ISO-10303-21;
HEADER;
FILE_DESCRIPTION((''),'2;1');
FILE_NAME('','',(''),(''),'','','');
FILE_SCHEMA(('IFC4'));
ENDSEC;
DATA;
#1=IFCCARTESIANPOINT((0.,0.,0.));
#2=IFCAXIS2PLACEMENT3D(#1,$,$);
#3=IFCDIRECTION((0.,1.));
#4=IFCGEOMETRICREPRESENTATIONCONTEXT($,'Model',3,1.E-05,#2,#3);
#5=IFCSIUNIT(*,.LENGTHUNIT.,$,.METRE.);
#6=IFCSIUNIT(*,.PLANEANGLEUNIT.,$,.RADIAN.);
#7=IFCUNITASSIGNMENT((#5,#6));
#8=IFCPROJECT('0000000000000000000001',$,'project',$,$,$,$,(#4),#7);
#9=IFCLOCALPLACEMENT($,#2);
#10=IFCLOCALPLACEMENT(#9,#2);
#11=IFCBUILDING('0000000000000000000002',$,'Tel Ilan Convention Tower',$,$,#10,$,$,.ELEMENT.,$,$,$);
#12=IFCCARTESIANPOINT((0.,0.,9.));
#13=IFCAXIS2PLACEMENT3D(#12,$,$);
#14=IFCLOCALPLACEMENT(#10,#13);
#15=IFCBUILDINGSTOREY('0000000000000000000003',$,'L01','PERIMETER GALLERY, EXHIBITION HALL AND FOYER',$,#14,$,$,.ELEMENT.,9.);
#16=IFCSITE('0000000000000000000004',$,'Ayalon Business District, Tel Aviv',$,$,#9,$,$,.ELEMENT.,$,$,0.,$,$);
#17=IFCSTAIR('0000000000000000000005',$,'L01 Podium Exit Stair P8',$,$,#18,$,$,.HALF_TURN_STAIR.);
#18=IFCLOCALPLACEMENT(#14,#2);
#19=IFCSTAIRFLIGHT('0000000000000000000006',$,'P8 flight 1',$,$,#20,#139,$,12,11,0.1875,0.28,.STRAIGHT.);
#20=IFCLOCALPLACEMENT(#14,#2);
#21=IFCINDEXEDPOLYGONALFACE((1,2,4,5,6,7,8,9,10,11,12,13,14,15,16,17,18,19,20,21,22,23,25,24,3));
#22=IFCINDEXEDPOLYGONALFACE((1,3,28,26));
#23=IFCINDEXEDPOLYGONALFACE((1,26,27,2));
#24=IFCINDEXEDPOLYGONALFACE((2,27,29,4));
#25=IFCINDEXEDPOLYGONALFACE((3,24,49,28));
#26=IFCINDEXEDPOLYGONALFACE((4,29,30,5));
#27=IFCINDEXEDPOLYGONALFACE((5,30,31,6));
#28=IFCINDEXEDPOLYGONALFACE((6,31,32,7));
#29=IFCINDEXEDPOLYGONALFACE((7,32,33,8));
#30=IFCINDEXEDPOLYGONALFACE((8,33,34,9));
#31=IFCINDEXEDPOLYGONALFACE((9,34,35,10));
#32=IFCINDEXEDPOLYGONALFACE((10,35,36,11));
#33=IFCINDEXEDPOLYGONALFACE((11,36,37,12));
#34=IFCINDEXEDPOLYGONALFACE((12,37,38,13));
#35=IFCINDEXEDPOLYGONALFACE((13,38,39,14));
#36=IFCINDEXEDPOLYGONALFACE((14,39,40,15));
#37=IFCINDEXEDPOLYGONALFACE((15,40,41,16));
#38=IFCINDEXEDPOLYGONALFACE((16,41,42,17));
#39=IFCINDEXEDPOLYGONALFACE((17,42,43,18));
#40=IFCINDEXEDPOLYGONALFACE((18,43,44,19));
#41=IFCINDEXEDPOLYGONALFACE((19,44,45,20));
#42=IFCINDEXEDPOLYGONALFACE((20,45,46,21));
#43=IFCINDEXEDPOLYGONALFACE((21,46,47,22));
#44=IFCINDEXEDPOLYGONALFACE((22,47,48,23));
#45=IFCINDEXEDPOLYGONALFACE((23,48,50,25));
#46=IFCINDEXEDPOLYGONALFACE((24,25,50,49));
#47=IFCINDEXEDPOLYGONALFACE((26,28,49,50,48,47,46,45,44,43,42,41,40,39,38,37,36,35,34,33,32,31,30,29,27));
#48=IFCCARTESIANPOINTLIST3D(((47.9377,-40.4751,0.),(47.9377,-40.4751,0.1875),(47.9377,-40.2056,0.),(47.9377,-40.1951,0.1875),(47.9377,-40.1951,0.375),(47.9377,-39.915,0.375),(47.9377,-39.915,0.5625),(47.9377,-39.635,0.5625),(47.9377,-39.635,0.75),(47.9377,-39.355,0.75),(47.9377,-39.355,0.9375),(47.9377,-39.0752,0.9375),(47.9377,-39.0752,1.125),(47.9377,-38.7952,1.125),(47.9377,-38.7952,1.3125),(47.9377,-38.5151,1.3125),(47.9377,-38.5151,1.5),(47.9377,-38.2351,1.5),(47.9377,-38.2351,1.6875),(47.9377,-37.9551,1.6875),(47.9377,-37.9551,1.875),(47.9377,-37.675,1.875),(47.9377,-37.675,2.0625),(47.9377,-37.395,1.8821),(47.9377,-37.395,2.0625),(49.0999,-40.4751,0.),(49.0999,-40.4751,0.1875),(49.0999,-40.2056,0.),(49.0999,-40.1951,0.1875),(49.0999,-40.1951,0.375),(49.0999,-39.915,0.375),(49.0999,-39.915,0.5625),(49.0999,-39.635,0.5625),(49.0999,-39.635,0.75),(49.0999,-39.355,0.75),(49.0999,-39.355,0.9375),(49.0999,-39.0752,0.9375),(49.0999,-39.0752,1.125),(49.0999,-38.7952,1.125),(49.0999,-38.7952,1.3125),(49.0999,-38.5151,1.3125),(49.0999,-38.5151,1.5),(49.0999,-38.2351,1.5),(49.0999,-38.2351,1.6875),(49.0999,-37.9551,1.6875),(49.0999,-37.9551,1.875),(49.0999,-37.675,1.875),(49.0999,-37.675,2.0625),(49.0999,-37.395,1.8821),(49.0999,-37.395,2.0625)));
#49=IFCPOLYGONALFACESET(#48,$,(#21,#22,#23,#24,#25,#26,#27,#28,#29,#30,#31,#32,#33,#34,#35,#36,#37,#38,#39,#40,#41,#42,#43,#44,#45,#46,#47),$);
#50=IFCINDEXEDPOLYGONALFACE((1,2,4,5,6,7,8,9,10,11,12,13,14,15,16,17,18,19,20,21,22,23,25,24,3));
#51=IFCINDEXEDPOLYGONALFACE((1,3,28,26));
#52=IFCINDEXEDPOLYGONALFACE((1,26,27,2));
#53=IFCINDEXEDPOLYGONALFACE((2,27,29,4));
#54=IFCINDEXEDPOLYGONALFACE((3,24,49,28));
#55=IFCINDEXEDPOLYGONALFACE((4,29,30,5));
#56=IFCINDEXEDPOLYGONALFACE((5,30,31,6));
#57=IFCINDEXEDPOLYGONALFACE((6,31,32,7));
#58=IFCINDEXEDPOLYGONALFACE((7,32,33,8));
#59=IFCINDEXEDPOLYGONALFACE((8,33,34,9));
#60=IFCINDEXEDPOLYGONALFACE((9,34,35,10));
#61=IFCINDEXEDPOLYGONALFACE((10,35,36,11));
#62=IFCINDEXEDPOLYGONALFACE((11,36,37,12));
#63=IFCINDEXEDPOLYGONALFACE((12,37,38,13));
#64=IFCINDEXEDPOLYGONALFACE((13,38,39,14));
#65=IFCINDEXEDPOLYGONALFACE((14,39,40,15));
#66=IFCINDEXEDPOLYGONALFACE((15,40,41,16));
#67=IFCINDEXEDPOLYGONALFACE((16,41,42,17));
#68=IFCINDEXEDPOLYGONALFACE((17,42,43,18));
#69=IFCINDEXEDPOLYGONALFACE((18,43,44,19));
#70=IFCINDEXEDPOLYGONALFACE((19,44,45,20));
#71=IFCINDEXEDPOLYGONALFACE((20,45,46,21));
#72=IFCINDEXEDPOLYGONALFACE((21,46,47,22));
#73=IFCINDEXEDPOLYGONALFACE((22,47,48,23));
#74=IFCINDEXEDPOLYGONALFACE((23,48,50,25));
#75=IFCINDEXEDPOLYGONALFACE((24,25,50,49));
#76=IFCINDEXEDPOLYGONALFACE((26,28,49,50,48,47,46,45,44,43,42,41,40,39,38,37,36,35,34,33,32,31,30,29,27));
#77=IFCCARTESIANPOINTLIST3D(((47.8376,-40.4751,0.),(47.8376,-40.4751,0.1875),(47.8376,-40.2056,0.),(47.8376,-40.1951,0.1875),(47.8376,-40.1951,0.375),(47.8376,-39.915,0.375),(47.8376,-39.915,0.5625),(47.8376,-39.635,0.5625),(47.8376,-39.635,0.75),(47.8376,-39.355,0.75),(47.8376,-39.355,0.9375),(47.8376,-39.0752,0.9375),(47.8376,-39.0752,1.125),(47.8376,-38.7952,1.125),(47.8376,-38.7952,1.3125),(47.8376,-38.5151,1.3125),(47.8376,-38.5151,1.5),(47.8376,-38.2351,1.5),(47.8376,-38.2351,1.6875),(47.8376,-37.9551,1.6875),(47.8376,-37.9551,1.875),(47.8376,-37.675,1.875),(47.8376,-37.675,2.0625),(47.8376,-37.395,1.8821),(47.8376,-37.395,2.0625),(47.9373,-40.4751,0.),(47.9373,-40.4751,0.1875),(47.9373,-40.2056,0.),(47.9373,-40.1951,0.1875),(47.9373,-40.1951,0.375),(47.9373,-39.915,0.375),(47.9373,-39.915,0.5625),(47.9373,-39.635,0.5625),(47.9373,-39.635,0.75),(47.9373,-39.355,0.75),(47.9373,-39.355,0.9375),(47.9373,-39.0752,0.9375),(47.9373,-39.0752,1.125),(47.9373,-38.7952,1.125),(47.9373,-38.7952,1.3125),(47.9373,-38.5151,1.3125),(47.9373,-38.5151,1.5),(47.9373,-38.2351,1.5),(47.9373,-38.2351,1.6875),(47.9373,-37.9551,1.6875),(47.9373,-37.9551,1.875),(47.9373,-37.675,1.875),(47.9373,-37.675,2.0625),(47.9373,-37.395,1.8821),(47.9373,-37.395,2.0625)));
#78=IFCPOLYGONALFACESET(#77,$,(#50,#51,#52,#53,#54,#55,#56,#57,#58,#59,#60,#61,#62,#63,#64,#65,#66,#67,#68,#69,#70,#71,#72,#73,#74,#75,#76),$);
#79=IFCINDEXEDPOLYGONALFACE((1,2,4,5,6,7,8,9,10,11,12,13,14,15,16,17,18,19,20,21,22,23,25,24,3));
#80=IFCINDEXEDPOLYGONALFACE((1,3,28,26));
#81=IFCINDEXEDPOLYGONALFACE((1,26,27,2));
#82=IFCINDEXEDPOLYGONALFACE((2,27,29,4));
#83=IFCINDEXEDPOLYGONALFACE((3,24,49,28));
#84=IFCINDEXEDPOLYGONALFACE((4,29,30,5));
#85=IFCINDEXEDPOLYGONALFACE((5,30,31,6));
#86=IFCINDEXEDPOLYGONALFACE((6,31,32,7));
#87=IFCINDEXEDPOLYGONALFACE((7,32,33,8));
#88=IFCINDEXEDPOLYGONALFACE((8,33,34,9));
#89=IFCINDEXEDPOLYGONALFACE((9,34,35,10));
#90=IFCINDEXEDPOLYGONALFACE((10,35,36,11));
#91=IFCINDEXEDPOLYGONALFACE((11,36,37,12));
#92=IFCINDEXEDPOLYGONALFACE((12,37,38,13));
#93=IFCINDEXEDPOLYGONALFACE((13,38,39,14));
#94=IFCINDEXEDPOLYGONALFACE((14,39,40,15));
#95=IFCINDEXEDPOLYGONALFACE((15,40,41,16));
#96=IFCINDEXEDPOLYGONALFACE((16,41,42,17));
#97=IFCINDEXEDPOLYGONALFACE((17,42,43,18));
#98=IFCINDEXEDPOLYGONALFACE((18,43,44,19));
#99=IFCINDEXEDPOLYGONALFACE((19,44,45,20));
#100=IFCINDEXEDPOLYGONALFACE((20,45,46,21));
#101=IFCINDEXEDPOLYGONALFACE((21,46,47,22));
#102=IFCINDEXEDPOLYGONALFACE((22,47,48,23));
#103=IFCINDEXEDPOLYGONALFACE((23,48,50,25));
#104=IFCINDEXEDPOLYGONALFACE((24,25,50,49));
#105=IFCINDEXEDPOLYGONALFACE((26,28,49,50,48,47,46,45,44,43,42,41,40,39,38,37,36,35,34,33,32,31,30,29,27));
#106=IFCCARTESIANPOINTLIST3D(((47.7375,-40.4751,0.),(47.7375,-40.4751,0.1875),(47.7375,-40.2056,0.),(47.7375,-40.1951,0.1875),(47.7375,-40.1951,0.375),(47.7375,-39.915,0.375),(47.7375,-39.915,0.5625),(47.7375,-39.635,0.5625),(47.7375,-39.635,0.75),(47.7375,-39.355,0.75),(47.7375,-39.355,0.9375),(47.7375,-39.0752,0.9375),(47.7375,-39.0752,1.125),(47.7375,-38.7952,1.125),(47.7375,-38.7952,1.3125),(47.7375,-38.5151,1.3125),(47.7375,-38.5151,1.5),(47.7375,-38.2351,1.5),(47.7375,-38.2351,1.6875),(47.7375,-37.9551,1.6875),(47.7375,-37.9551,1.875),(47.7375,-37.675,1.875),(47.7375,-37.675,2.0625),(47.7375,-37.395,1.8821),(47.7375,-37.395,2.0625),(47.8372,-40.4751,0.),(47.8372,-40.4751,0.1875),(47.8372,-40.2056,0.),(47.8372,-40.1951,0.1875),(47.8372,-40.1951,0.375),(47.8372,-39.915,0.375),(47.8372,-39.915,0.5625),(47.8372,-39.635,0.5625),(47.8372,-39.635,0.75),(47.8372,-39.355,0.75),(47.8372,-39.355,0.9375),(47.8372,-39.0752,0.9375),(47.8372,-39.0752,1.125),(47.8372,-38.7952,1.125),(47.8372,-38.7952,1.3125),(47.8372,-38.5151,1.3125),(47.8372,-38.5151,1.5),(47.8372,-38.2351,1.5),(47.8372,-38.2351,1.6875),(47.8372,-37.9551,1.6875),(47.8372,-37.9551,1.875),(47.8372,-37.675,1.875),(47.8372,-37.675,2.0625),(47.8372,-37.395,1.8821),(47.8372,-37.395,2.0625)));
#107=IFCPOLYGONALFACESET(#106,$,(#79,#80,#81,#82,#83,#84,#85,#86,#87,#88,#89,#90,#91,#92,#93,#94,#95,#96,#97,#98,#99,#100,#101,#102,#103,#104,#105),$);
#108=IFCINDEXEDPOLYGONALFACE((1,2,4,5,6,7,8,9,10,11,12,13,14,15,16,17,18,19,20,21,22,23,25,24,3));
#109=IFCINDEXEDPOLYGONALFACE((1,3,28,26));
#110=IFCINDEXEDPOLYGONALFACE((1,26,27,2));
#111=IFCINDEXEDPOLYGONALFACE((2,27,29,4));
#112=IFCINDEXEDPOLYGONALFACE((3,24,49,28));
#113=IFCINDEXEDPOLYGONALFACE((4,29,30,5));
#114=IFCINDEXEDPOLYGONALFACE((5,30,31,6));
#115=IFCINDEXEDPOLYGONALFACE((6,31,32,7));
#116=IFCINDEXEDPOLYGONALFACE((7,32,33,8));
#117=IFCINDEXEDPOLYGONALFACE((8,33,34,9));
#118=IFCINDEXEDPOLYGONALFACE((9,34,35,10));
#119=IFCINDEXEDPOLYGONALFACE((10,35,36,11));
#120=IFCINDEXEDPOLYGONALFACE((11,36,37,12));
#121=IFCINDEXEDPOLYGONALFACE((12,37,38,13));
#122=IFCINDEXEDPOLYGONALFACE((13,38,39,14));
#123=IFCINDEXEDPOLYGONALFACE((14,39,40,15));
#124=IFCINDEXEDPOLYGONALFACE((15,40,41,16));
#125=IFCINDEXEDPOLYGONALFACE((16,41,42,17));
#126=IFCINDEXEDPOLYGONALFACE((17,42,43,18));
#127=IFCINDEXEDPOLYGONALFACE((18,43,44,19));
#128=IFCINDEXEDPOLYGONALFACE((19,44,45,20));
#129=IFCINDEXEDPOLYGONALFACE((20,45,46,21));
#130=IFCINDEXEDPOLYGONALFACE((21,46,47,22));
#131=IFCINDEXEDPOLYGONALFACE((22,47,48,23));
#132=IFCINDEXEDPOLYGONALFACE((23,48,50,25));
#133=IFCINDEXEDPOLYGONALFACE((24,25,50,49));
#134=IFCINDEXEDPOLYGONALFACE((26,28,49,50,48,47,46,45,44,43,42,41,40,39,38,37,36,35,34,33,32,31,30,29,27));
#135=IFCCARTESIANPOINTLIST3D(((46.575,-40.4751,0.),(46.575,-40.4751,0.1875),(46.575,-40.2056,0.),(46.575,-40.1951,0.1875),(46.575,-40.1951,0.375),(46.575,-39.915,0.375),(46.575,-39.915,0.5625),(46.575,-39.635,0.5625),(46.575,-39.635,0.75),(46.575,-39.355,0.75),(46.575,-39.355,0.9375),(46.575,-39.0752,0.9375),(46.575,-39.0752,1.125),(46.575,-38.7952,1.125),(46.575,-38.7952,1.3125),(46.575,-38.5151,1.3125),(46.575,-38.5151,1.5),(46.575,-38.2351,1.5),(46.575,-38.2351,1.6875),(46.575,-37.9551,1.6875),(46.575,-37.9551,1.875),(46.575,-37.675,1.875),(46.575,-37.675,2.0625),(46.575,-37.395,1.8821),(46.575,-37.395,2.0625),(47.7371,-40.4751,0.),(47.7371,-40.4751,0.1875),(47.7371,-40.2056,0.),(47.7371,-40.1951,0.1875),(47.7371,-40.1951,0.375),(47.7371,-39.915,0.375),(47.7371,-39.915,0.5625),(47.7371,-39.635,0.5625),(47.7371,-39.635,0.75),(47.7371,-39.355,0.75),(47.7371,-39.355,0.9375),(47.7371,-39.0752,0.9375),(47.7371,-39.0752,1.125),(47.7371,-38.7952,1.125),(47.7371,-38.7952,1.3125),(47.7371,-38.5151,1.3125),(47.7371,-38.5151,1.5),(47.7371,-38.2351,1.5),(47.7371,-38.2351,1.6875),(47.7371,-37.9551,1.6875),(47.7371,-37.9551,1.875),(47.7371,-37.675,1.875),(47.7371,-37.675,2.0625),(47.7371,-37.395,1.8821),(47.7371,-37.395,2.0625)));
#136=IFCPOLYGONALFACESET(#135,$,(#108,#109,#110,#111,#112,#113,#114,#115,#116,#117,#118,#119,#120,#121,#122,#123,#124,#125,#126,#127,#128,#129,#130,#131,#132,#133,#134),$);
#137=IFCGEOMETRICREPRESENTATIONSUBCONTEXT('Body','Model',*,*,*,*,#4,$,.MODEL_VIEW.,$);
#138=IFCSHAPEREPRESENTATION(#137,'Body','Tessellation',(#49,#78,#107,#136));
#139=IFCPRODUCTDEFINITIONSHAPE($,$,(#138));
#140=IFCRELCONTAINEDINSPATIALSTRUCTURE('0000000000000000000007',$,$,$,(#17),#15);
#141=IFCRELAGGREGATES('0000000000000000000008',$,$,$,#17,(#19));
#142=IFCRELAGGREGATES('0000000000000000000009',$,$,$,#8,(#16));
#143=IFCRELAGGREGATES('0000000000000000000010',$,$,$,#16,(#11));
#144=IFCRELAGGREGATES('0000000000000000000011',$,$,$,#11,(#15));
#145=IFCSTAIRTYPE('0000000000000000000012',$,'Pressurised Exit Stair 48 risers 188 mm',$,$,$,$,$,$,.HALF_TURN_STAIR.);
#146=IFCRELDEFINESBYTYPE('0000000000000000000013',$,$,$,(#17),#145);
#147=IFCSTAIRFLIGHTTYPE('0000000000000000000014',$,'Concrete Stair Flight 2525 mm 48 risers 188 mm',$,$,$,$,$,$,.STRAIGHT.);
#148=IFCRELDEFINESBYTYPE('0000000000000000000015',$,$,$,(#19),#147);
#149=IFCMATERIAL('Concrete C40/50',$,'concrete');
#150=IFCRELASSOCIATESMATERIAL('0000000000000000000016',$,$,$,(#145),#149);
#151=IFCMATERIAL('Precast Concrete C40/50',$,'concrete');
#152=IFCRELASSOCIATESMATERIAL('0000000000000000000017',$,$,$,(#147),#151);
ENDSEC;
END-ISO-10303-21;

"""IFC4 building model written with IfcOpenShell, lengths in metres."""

from ifc_helpers import new_model, si_unit, direction, frame, origin, place, context, subcontext, project, spatial, polyline, outline, extrude, material, type_object, element, aggregate, save


model = new_model("IFC4")

# Units and contexts
model_context = context("Model", 3, precision=1e-05, world=origin(), true_north=direction((0.0, 1.0)))
body_context = subcontext(model_context, "Body", "Model", "MODEL_VIEW")
ifc_project = project(units=[si_unit("LENGTHUNIT", "METRE"), si_unit("PLANEANGLEUNIT", "RADIAN")], contexts=[model_context])

# Site, building, storey
site_placement = place(None, origin())
site = spatial("IfcSite", under=ifc_project, at=site_placement, Name="Ayalon Business District, Tel Aviv", CompositionType="ELEMENT", RefElevation=0.0)
building_placement = place(site_placement, origin())
building = spatial("IfcBuilding", under=site, at=building_placement, Name="Tel Ilan Convention Tower", CompositionType="ELEMENT")
storey_placement = place(building_placement, frame((0.0, 0.0, 9.0)))
storey = spatial("IfcBuildingStorey", under=building, at=storey_placement, Name="L01", Description="PERIMETER GALLERY, EXHIBITION HALL AND FOYER", CompositionType="ELEMENT", Elevation=9.0)

# Stair, stair flight
ifc_material_1 = material(Name="Concrete C40/50", Category="concrete")
stair_type = type_object("IfcStairType", Name="Pressurised Exit Stair 48 risers 188 mm", PredefinedType="HALF_TURN_STAIR", material=ifc_material_1)
ifc_material_2 = material(Name="Precast Concrete C40/50", Category="concrete")
stair_flight_type = type_object("IfcStairFlightType", Name="Concrete Stair Flight 2525 mm 48 risers 188 mm", PredefinedType="STRAIGHT", material=ifc_material_2)
stair_1_placement = place(storey_placement, origin())
stair_1 = element("IfcStair", 1, at=stair_1_placement, inside=storey, type_object=stair_type, Name="L01 Podium Exit Stair P8", PredefinedType="HALF_TURN_STAIR")
stair_flight_1_placement = place(storey_placement, frame((47.8374, -40.4751, 0.0), z_axis=(0.0, 0.0, 1.0), x_axis=(0.0, 1.0, 0.0)))
stair_flight_1 = element("IfcStairFlight", 2, at=stair_flight_1_placement, type_object=stair_flight_type, Name="P8 flight 1", NumberOfRisers=12, NumberOfTreads=11, PredefinedType="STRAIGHT", RiserHeight=0.1875, TreadLength=0.28, context=body_context, shape_type="SweptSolid", body=[
    extrude(outline(polyline([(0.0, 0.0), (0.0, 0.1875), (0.28, 0.1875), (0.28, 0.375), (0.5601, 0.375), (0.5601, 0.5625), (0.8401, 0.5625), (0.8401, 0.75), (1.1201, 0.75), (1.1201, 0.9375), (1.3999, 0.9375), (1.3999, 1.125), (1.6799, 1.125), (1.6799, 1.3125), (1.96, 1.3125), (1.96, 1.5), (2.24, 1.5), (2.24, 1.6875), (2.52, 1.6875), (2.52, 1.875), (2.8, 1.875), (2.8, 2.0625), (3.0801, 2.0625), (3.0801, 2.25), (3.0801, 1.8821), (0.2695, 0.0), (0.0, 0.0)])), frame((0.0, -0.1003, 0.0), z_axis=(0.0, -1.0, 0.0), x_axis=(1.0, 0.0, 0.0)), (0.0, 0.0, 1.0), 1.1621),
    extrude(outline(polyline([(0.0, 0.0), (0.0, 0.1875), (0.28, 0.1875), (0.28, 0.375), (0.5601, 0.375), (0.5601, 0.5625), (0.8401, 0.5625), (0.8401, 0.75), (1.1201, 0.75), (1.1201, 0.9375), (1.3999, 0.9375), (1.3999, 1.125), (1.6799, 1.125), (1.6799, 1.3125), (1.96, 1.3125), (1.96, 1.5), (2.24, 1.5), (2.24, 1.6875), (2.52, 1.6875), (2.52, 1.875), (2.8, 1.875), (2.8, 2.0625), (3.0801, 2.0625), (3.0801, 2.25), (3.0801, 1.8821), (0.2695, 0.0), (0.0, 0.0)])), frame((0.0, -0.0002, 0.0), z_axis=(0.0, -1.0, 0.0), x_axis=(1.0, 0.0, 0.0)), (0.0, 0.0, 1.0), 0.0996),
    extrude(outline(polyline([(0.0, 0.0), (0.0, 0.1875), (0.28, 0.1875), (0.28, 0.375), (0.5601, 0.375), (0.5601, 0.5625), (0.8401, 0.5625), (0.8401, 0.75), (1.1201, 0.75), (1.1201, 0.9375), (1.3999, 0.9375), (1.3999, 1.125), (1.6799, 1.125), (1.6799, 1.3125), (1.96, 1.3125), (1.96, 1.5), (2.24, 1.5), (2.24, 1.6875), (2.52, 1.6875), (2.52, 1.875), (2.8, 1.875), (2.8, 2.0625), (3.0801, 2.0625), (3.0801, 2.25), (3.0801, 1.8821), (0.2695, 0.0), (0.0, 0.0)])), frame((0.0, 0.0999, 0.0), z_axis=(0.0, -1.0, 0.0), x_axis=(1.0, 0.0, 0.0)), (0.0, 0.0, 1.0), 0.0996),
    extrude(outline(polyline([(0.0, 0.0), (0.0, 0.1875), (0.28, 0.1875), (0.28, 0.375), (0.5601, 0.375), (0.5601, 0.5625), (0.8401, 0.5625), (0.8401, 0.75), (1.1201, 0.75), (1.1201, 0.9375), (1.3999, 0.9375), (1.3999, 1.125), (1.6799, 1.125), (1.6799, 1.3125), (1.96, 1.3125), (1.96, 1.5), (2.24, 1.5), (2.24, 1.6875), (2.52, 1.6875), (2.52, 1.875), (2.8, 1.875), (2.8, 2.0625), (3.0801, 2.0625), (3.0801, 2.25), (3.0801, 1.8821), (0.2695, 0.0), (0.0, 0.0)])), frame((0.0, 1.2625, 0.0), z_axis=(0.0, -1.0, 0.0), x_axis=(1.0, 0.0, 0.0)), (0.0, 0.0, 1.0), 1.1621),
])
aggregate(stair_1, [stair_flight_1])

save(model, "model.ifc")
